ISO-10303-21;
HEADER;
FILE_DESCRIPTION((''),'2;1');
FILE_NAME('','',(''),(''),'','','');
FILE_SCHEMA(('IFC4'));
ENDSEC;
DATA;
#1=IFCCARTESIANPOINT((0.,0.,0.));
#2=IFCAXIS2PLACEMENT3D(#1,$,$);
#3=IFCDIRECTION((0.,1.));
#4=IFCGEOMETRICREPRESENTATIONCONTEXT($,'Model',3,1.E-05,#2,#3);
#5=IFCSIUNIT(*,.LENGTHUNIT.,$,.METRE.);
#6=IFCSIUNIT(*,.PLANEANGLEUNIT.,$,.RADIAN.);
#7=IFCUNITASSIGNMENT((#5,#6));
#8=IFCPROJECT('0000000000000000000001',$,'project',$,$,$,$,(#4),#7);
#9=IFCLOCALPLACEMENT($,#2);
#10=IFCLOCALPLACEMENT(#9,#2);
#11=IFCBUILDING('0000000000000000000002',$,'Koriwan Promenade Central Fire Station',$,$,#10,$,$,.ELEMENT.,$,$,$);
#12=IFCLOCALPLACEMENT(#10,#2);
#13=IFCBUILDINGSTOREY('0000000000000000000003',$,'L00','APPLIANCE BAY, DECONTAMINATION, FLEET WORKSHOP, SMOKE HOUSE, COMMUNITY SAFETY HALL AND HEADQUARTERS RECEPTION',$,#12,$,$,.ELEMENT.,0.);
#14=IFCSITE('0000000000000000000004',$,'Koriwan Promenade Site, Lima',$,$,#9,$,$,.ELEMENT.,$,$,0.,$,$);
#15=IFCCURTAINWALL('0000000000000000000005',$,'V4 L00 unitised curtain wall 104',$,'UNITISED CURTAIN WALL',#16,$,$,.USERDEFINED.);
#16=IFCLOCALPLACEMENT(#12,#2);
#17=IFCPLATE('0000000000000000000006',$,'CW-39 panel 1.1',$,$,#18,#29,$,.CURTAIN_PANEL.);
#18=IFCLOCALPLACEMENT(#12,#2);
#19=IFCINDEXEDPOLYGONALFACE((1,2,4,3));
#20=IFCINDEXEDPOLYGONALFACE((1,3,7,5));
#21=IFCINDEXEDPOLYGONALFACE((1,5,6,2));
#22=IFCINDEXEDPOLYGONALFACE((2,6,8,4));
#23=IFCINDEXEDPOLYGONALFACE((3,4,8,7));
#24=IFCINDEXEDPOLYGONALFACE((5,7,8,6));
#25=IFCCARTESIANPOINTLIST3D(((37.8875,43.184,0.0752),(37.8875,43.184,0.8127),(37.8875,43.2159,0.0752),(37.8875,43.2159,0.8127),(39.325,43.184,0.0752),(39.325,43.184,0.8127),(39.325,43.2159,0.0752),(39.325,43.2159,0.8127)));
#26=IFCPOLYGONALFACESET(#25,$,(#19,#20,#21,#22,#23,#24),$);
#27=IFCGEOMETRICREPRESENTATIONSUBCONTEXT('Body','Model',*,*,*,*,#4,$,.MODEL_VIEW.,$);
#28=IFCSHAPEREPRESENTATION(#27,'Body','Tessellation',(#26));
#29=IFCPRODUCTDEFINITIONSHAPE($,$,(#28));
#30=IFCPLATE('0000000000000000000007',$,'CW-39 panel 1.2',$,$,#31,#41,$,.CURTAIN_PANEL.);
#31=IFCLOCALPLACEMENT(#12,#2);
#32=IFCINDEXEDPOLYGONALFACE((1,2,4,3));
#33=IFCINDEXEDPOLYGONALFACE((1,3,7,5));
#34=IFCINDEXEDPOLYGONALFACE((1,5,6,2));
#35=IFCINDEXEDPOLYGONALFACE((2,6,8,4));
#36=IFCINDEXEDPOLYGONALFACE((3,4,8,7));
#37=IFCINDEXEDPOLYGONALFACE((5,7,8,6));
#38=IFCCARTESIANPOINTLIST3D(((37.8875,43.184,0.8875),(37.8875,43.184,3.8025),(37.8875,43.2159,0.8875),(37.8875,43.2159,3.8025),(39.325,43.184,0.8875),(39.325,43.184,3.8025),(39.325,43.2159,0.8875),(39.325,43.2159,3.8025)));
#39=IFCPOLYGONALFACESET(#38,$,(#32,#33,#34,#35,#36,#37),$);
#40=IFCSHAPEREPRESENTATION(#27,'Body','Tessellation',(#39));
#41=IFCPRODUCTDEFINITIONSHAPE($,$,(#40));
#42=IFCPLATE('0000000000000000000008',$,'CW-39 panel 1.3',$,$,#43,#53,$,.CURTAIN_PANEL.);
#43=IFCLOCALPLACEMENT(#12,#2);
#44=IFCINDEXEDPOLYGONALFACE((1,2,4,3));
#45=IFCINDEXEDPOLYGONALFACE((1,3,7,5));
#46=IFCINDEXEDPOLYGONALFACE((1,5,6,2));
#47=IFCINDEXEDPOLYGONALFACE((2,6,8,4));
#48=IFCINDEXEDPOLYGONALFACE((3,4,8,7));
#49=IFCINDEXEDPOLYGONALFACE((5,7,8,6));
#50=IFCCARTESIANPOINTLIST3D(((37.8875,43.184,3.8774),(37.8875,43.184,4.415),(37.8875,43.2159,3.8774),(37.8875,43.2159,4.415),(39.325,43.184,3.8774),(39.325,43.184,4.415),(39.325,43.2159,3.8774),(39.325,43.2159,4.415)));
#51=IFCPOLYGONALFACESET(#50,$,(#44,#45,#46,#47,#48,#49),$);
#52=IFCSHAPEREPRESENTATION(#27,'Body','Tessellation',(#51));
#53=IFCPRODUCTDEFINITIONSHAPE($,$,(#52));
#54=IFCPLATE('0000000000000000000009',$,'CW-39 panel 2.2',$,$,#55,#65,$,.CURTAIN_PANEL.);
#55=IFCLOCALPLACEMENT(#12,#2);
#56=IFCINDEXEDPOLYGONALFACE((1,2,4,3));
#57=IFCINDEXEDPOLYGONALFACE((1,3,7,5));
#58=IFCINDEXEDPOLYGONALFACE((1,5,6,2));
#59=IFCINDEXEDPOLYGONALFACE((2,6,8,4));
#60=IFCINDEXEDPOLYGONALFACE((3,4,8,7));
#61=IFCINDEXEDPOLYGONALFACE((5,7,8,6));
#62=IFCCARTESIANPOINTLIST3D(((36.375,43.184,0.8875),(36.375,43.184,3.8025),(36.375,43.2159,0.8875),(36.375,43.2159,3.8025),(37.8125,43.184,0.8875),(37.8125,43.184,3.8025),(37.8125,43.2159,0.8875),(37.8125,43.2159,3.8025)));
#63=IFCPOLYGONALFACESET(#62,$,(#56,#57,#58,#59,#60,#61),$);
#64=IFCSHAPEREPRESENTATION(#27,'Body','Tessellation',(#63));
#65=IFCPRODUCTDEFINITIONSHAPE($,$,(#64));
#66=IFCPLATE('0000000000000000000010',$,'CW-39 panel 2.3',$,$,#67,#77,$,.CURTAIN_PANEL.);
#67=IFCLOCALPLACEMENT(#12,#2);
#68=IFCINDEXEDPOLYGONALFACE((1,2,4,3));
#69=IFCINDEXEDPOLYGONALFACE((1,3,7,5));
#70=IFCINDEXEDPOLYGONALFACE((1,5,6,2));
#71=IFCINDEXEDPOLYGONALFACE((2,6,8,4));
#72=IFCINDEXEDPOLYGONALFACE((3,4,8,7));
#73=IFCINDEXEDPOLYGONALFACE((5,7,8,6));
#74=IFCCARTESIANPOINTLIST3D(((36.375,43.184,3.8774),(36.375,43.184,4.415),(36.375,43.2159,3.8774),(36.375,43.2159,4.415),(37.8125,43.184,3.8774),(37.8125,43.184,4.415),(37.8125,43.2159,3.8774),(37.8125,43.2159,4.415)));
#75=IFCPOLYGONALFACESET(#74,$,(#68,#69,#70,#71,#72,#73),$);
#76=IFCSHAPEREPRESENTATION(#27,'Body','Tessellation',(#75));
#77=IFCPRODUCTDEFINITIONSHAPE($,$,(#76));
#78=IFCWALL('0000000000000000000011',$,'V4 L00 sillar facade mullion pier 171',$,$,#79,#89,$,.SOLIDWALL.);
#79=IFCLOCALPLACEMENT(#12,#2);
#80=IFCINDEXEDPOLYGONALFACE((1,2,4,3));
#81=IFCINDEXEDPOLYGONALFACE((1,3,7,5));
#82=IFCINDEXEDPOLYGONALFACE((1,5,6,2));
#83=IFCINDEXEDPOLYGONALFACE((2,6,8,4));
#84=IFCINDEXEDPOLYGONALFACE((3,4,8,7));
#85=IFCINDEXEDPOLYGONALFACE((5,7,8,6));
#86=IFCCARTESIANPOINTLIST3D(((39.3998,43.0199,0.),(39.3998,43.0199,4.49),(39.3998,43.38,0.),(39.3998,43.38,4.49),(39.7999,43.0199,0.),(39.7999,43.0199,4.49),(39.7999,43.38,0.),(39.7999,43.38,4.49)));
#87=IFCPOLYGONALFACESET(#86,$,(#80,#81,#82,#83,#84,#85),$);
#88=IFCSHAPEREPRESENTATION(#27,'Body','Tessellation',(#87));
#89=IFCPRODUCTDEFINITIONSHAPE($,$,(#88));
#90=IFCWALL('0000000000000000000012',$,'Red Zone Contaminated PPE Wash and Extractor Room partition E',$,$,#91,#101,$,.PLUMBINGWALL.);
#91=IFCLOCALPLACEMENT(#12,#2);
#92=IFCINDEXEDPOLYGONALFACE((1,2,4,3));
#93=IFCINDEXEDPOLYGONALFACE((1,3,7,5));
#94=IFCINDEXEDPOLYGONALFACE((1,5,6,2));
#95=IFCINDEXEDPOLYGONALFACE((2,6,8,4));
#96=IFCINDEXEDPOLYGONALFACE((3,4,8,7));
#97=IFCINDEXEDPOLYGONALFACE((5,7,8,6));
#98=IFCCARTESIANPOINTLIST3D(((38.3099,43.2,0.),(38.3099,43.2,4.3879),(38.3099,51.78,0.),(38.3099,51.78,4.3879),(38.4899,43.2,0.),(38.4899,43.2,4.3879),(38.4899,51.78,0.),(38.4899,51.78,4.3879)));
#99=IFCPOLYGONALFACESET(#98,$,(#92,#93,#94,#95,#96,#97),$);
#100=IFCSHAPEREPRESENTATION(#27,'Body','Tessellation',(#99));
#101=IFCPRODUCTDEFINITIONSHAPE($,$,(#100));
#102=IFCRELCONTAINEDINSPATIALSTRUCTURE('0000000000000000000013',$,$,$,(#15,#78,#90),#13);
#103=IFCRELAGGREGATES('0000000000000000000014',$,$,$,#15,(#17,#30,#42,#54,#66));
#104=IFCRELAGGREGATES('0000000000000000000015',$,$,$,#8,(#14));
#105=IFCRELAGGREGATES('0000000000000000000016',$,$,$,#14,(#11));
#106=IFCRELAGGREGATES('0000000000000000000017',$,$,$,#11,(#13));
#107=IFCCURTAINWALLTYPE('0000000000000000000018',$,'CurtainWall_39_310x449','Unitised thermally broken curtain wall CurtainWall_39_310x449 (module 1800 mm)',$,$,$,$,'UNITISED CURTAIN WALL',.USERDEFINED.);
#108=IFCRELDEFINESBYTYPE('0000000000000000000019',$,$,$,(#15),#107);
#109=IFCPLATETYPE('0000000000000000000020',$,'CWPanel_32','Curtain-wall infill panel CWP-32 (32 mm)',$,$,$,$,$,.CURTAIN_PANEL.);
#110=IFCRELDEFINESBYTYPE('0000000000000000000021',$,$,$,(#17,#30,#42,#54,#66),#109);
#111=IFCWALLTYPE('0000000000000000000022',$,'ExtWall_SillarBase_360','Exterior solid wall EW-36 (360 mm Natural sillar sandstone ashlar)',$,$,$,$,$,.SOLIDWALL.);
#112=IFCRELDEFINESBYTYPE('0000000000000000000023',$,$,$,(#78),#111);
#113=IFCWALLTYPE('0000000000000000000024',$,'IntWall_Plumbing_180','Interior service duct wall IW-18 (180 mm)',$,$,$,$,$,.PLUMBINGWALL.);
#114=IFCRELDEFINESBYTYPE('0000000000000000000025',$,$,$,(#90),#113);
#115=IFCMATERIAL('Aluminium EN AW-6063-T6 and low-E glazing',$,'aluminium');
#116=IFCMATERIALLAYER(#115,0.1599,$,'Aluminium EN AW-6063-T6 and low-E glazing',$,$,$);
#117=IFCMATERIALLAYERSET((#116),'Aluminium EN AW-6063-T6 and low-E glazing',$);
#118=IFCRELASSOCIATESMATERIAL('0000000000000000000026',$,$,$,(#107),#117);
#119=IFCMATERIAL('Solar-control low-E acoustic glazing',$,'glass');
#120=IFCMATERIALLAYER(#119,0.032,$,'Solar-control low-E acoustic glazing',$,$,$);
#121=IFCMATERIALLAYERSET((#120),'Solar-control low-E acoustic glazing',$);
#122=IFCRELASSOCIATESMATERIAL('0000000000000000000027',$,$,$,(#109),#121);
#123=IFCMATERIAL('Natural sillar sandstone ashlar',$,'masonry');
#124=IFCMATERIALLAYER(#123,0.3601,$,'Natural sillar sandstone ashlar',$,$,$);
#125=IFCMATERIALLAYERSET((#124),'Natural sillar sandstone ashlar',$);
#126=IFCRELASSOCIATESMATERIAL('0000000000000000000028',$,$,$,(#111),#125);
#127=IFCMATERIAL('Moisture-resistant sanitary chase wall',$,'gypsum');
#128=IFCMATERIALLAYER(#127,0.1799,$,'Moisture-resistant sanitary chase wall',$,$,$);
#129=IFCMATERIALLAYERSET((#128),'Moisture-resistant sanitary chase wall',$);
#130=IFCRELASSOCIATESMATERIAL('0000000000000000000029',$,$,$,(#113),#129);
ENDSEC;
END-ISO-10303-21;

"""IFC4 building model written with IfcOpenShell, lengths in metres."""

from ifc_helpers import new_model, si_unit, direction, frame, frame_2d, origin, origin_2d, place, context, subcontext, project, spatial, rectangle, extrude, material, layer, layer_set, type_object, element, aggregate, save


model = new_model("IFC4")

# Units and contexts
model_context = context("Model", 3, precision=1e-05, world=origin(), true_north=direction((0.0, 1.0)))
body_context = subcontext(model_context, "Body", "Model", "MODEL_VIEW")
ifc_project = project(units=[si_unit("LENGTHUNIT", "METRE"), si_unit("PLANEANGLEUNIT", "RADIAN")], contexts=[model_context])

# Site, building, storey
site_placement = place(None, origin())
site = spatial("IfcSite", under=ifc_project, at=site_placement, Name="Koriwan Promenade Site, Lima", CompositionType="ELEMENT", RefElevation=0.0)
building_placement = place(site_placement, origin())
building = spatial("IfcBuilding", under=site, at=building_placement, Name="Koriwan Promenade Central Fire Station", CompositionType="ELEMENT")
storey_placement = place(building_placement, origin())
storey = spatial("IfcBuildingStorey", under=building, at=storey_placement, Name="L00", Description="APPLIANCE BAY, DECONTAMINATION, FLEET WORKSHOP, SMOKE HOUSE, COMMUNITY SAFETY HALL AND HEADQUARTERS RECEPTION", CompositionType="ELEMENT", Elevation=0.0)

# Curtain wall
ifc_material_1 = material(Name="Aluminium EN AW-6063-T6 and low-E glazing", Category="aluminium")
ifc_layer_1 = layer(ifc_material_1, 0.1599, Name="Aluminium EN AW-6063-T6 and low-E glazing")
ifc_layer_set_1 = layer_set([ifc_layer_1], Name="Aluminium EN AW-6063-T6 and low-E glazing")
curtain_wall_type_1 = type_object("IfcCurtainWallType", Name="CurtainWall_39_310x449", Description="Unitised thermally broken curtain wall CurtainWall_39_310x449 (module 1800 mm)", ElementType="UNITISED CURTAIN WALL", PredefinedType="USERDEFINED", material=ifc_layer_set_1)
curtain_wall_1_placement = place(storey_placement, origin())
curtain_wall_1 = element("IfcCurtainWall", 1, at=curtain_wall_1_placement, inside=storey, type_object=curtain_wall_type_1, Name="V4 L00 unitised curtain wall 104", ObjectType="UNITISED CURTAIN WALL", PredefinedType="USERDEFINED")

# Plates
ifc_material_2 = material(Name="Solar-control low-E acoustic glazing", Category="glass")
ifc_layer_2 = layer(ifc_material_2, 0.032, Name="Solar-control low-E acoustic glazing")
ifc_layer_set_2 = layer_set([ifc_layer_2], Name="Solar-control low-E acoustic glazing")
plate_type_1 = type_object("IfcPlateType", Name="CWPanel_32", Description="Curtain-wall infill panel CWP-32 (32 mm)", PredefinedType="CURTAIN_PANEL", material=ifc_layer_set_2)
plate_1_placement = place(storey_placement, frame((38.6062, 43.2, 0.0752), z_axis=(0.0, 0.0, 1.0), x_axis=(-1.0, 0.0, 0.0)))
plate_1 = element("IfcPlate", 2, at=plate_1_placement, type_object=plate_type_1, Name="CW-39 panel 1.1", PredefinedType="CURTAIN_PANEL", context=body_context, shape_type="SweptSolid", body=[
    extrude(rectangle(XDim=1.4375, YDim=0.032, at=origin_2d()), origin(), (0.0, 0.0, 1.0), 0.7375),
])
plate_2_placement = place(storey_placement, frame((38.6062, 43.2, 0.8875), z_axis=(0.0, 0.0, 1.0), x_axis=(-1.0, 0.0, 0.0)))
plate_2 = element("IfcPlate", 3, at=plate_2_placement, type_object=plate_type_1, Name="CW-39 panel 1.2", PredefinedType="CURTAIN_PANEL", context=body_context, shape_type="SweptSolid", body=[
    extrude(rectangle(XDim=1.4375, YDim=0.032, at=origin_2d()), origin(), (0.0, 0.0, 1.0), 2.915),
])
plate_3_placement = place(storey_placement, frame((38.6062, 43.2, 3.8774), z_axis=(0.0, 0.0, 1.0), x_axis=(-1.0, 0.0, 0.0)))
plate_3 = element("IfcPlate", 4, at=plate_3_placement, type_object=plate_type_1, Name="CW-39 panel 1.3", PredefinedType="CURTAIN_PANEL", context=body_context, shape_type="SweptSolid", body=[
    extrude(rectangle(XDim=1.4375, YDim=0.032, at=origin_2d()), origin(), (0.0, 0.0, 1.0), 0.5376),
])
plate_4_placement = place(storey_placement, frame((37.0938, 43.2, 0.8875), z_axis=(0.0, 0.0, 1.0), x_axis=(-1.0, 0.0, 0.0)))
plate_4 = element("IfcPlate", 5, at=plate_4_placement, type_object=plate_type_1, Name="CW-39 panel 2.2", PredefinedType="CURTAIN_PANEL", context=body_context, shape_type="SweptSolid", body=[
    extrude(rectangle(XDim=1.4375, YDim=0.032, at=origin_2d()), origin(), (0.0, 0.0, 1.0), 2.915),
])
plate_5_placement = place(storey_placement, frame((37.0938, 43.2, 3.8774), z_axis=(0.0, 0.0, 1.0), x_axis=(-1.0, 0.0, 0.0)))
plate_5 = element("IfcPlate", 6, at=plate_5_placement, type_object=plate_type_1, Name="CW-39 panel 2.3", PredefinedType="CURTAIN_PANEL", context=body_context, shape_type="SweptSolid", body=[
    extrude(rectangle(XDim=1.4375, YDim=0.032, at=origin_2d()), origin(), (0.0, 0.0, 1.0), 0.5376),
])
aggregate(curtain_wall_1, [plate_1, plate_2, plate_3, plate_4, plate_5])

# Walls
ifc_material_3 = material(Name="Natural sillar sandstone ashlar", Category="masonry")
ifc_layer_3 = layer(ifc_material_3, 0.3601, Name="Natural sillar sandstone ashlar")
ifc_layer_set_3 = layer_set([ifc_layer_3], Name="Natural sillar sandstone ashlar")
wall_type_1 = type_object("IfcWallType", Name="ExtWall_SillarBase_360", Description="Exterior solid wall EW-36 (360 mm Natural sillar sandstone ashlar)", PredefinedType="SOLIDWALL", material=ifc_layer_set_3)
wall_1_placement = place(storey_placement, frame((39.8, 43.2, 0.0), z_axis=(0.0, 0.0, 1.0), x_axis=(-1.0, 0.0, 0.0)))
element("IfcWall", 7, at=wall_1_placement, inside=storey, type_object=wall_type_1, Name="V4 L00 sillar facade mullion pier 171", PredefinedType="SOLIDWALL", context=body_context, shape_type="SweptSolid", body=[
    extrude(rectangle(XDim=0.4001, YDim=0.3601, at=frame_2d((0.2002, 0.0))), origin(), (0.0, 0.0, 1.0), 4.49),
])
ifc_material_4 = material(Name="Moisture-resistant sanitary chase wall", Category="gypsum")
ifc_layer_4 = layer(ifc_material_4, 0.1799, Name="Moisture-resistant sanitary chase wall")
ifc_layer_set_4 = layer_set([ifc_layer_4], Name="Moisture-resistant sanitary chase wall")
wall_type_2 = type_object("IfcWallType", Name="IntWall_Plumbing_180", Description="Interior service duct wall IW-18 (180 mm)", PredefinedType="PLUMBINGWALL", material=ifc_layer_set_4)
wall_2_placement = place(storey_placement, frame((38.3999, 43.2, 0.0), z_axis=(0.0, 0.0, 1.0), x_axis=(0.0, 1.0, 0.0)))
element("IfcWall", 8, at=wall_2_placement, inside=storey, type_object=wall_type_2, Name="Red Zone Contaminated PPE Wash and Extractor Room partition E", PredefinedType="PLUMBINGWALL", context=body_context, shape_type="SweptSolid", body=[
    extrude(rectangle(XDim=8.5801, YDim=0.1799, at=frame_2d((4.29, 0.0))), origin(), (0.0, 0.0, 1.0), 4.3879),
])

save(model, "model.ifc")
